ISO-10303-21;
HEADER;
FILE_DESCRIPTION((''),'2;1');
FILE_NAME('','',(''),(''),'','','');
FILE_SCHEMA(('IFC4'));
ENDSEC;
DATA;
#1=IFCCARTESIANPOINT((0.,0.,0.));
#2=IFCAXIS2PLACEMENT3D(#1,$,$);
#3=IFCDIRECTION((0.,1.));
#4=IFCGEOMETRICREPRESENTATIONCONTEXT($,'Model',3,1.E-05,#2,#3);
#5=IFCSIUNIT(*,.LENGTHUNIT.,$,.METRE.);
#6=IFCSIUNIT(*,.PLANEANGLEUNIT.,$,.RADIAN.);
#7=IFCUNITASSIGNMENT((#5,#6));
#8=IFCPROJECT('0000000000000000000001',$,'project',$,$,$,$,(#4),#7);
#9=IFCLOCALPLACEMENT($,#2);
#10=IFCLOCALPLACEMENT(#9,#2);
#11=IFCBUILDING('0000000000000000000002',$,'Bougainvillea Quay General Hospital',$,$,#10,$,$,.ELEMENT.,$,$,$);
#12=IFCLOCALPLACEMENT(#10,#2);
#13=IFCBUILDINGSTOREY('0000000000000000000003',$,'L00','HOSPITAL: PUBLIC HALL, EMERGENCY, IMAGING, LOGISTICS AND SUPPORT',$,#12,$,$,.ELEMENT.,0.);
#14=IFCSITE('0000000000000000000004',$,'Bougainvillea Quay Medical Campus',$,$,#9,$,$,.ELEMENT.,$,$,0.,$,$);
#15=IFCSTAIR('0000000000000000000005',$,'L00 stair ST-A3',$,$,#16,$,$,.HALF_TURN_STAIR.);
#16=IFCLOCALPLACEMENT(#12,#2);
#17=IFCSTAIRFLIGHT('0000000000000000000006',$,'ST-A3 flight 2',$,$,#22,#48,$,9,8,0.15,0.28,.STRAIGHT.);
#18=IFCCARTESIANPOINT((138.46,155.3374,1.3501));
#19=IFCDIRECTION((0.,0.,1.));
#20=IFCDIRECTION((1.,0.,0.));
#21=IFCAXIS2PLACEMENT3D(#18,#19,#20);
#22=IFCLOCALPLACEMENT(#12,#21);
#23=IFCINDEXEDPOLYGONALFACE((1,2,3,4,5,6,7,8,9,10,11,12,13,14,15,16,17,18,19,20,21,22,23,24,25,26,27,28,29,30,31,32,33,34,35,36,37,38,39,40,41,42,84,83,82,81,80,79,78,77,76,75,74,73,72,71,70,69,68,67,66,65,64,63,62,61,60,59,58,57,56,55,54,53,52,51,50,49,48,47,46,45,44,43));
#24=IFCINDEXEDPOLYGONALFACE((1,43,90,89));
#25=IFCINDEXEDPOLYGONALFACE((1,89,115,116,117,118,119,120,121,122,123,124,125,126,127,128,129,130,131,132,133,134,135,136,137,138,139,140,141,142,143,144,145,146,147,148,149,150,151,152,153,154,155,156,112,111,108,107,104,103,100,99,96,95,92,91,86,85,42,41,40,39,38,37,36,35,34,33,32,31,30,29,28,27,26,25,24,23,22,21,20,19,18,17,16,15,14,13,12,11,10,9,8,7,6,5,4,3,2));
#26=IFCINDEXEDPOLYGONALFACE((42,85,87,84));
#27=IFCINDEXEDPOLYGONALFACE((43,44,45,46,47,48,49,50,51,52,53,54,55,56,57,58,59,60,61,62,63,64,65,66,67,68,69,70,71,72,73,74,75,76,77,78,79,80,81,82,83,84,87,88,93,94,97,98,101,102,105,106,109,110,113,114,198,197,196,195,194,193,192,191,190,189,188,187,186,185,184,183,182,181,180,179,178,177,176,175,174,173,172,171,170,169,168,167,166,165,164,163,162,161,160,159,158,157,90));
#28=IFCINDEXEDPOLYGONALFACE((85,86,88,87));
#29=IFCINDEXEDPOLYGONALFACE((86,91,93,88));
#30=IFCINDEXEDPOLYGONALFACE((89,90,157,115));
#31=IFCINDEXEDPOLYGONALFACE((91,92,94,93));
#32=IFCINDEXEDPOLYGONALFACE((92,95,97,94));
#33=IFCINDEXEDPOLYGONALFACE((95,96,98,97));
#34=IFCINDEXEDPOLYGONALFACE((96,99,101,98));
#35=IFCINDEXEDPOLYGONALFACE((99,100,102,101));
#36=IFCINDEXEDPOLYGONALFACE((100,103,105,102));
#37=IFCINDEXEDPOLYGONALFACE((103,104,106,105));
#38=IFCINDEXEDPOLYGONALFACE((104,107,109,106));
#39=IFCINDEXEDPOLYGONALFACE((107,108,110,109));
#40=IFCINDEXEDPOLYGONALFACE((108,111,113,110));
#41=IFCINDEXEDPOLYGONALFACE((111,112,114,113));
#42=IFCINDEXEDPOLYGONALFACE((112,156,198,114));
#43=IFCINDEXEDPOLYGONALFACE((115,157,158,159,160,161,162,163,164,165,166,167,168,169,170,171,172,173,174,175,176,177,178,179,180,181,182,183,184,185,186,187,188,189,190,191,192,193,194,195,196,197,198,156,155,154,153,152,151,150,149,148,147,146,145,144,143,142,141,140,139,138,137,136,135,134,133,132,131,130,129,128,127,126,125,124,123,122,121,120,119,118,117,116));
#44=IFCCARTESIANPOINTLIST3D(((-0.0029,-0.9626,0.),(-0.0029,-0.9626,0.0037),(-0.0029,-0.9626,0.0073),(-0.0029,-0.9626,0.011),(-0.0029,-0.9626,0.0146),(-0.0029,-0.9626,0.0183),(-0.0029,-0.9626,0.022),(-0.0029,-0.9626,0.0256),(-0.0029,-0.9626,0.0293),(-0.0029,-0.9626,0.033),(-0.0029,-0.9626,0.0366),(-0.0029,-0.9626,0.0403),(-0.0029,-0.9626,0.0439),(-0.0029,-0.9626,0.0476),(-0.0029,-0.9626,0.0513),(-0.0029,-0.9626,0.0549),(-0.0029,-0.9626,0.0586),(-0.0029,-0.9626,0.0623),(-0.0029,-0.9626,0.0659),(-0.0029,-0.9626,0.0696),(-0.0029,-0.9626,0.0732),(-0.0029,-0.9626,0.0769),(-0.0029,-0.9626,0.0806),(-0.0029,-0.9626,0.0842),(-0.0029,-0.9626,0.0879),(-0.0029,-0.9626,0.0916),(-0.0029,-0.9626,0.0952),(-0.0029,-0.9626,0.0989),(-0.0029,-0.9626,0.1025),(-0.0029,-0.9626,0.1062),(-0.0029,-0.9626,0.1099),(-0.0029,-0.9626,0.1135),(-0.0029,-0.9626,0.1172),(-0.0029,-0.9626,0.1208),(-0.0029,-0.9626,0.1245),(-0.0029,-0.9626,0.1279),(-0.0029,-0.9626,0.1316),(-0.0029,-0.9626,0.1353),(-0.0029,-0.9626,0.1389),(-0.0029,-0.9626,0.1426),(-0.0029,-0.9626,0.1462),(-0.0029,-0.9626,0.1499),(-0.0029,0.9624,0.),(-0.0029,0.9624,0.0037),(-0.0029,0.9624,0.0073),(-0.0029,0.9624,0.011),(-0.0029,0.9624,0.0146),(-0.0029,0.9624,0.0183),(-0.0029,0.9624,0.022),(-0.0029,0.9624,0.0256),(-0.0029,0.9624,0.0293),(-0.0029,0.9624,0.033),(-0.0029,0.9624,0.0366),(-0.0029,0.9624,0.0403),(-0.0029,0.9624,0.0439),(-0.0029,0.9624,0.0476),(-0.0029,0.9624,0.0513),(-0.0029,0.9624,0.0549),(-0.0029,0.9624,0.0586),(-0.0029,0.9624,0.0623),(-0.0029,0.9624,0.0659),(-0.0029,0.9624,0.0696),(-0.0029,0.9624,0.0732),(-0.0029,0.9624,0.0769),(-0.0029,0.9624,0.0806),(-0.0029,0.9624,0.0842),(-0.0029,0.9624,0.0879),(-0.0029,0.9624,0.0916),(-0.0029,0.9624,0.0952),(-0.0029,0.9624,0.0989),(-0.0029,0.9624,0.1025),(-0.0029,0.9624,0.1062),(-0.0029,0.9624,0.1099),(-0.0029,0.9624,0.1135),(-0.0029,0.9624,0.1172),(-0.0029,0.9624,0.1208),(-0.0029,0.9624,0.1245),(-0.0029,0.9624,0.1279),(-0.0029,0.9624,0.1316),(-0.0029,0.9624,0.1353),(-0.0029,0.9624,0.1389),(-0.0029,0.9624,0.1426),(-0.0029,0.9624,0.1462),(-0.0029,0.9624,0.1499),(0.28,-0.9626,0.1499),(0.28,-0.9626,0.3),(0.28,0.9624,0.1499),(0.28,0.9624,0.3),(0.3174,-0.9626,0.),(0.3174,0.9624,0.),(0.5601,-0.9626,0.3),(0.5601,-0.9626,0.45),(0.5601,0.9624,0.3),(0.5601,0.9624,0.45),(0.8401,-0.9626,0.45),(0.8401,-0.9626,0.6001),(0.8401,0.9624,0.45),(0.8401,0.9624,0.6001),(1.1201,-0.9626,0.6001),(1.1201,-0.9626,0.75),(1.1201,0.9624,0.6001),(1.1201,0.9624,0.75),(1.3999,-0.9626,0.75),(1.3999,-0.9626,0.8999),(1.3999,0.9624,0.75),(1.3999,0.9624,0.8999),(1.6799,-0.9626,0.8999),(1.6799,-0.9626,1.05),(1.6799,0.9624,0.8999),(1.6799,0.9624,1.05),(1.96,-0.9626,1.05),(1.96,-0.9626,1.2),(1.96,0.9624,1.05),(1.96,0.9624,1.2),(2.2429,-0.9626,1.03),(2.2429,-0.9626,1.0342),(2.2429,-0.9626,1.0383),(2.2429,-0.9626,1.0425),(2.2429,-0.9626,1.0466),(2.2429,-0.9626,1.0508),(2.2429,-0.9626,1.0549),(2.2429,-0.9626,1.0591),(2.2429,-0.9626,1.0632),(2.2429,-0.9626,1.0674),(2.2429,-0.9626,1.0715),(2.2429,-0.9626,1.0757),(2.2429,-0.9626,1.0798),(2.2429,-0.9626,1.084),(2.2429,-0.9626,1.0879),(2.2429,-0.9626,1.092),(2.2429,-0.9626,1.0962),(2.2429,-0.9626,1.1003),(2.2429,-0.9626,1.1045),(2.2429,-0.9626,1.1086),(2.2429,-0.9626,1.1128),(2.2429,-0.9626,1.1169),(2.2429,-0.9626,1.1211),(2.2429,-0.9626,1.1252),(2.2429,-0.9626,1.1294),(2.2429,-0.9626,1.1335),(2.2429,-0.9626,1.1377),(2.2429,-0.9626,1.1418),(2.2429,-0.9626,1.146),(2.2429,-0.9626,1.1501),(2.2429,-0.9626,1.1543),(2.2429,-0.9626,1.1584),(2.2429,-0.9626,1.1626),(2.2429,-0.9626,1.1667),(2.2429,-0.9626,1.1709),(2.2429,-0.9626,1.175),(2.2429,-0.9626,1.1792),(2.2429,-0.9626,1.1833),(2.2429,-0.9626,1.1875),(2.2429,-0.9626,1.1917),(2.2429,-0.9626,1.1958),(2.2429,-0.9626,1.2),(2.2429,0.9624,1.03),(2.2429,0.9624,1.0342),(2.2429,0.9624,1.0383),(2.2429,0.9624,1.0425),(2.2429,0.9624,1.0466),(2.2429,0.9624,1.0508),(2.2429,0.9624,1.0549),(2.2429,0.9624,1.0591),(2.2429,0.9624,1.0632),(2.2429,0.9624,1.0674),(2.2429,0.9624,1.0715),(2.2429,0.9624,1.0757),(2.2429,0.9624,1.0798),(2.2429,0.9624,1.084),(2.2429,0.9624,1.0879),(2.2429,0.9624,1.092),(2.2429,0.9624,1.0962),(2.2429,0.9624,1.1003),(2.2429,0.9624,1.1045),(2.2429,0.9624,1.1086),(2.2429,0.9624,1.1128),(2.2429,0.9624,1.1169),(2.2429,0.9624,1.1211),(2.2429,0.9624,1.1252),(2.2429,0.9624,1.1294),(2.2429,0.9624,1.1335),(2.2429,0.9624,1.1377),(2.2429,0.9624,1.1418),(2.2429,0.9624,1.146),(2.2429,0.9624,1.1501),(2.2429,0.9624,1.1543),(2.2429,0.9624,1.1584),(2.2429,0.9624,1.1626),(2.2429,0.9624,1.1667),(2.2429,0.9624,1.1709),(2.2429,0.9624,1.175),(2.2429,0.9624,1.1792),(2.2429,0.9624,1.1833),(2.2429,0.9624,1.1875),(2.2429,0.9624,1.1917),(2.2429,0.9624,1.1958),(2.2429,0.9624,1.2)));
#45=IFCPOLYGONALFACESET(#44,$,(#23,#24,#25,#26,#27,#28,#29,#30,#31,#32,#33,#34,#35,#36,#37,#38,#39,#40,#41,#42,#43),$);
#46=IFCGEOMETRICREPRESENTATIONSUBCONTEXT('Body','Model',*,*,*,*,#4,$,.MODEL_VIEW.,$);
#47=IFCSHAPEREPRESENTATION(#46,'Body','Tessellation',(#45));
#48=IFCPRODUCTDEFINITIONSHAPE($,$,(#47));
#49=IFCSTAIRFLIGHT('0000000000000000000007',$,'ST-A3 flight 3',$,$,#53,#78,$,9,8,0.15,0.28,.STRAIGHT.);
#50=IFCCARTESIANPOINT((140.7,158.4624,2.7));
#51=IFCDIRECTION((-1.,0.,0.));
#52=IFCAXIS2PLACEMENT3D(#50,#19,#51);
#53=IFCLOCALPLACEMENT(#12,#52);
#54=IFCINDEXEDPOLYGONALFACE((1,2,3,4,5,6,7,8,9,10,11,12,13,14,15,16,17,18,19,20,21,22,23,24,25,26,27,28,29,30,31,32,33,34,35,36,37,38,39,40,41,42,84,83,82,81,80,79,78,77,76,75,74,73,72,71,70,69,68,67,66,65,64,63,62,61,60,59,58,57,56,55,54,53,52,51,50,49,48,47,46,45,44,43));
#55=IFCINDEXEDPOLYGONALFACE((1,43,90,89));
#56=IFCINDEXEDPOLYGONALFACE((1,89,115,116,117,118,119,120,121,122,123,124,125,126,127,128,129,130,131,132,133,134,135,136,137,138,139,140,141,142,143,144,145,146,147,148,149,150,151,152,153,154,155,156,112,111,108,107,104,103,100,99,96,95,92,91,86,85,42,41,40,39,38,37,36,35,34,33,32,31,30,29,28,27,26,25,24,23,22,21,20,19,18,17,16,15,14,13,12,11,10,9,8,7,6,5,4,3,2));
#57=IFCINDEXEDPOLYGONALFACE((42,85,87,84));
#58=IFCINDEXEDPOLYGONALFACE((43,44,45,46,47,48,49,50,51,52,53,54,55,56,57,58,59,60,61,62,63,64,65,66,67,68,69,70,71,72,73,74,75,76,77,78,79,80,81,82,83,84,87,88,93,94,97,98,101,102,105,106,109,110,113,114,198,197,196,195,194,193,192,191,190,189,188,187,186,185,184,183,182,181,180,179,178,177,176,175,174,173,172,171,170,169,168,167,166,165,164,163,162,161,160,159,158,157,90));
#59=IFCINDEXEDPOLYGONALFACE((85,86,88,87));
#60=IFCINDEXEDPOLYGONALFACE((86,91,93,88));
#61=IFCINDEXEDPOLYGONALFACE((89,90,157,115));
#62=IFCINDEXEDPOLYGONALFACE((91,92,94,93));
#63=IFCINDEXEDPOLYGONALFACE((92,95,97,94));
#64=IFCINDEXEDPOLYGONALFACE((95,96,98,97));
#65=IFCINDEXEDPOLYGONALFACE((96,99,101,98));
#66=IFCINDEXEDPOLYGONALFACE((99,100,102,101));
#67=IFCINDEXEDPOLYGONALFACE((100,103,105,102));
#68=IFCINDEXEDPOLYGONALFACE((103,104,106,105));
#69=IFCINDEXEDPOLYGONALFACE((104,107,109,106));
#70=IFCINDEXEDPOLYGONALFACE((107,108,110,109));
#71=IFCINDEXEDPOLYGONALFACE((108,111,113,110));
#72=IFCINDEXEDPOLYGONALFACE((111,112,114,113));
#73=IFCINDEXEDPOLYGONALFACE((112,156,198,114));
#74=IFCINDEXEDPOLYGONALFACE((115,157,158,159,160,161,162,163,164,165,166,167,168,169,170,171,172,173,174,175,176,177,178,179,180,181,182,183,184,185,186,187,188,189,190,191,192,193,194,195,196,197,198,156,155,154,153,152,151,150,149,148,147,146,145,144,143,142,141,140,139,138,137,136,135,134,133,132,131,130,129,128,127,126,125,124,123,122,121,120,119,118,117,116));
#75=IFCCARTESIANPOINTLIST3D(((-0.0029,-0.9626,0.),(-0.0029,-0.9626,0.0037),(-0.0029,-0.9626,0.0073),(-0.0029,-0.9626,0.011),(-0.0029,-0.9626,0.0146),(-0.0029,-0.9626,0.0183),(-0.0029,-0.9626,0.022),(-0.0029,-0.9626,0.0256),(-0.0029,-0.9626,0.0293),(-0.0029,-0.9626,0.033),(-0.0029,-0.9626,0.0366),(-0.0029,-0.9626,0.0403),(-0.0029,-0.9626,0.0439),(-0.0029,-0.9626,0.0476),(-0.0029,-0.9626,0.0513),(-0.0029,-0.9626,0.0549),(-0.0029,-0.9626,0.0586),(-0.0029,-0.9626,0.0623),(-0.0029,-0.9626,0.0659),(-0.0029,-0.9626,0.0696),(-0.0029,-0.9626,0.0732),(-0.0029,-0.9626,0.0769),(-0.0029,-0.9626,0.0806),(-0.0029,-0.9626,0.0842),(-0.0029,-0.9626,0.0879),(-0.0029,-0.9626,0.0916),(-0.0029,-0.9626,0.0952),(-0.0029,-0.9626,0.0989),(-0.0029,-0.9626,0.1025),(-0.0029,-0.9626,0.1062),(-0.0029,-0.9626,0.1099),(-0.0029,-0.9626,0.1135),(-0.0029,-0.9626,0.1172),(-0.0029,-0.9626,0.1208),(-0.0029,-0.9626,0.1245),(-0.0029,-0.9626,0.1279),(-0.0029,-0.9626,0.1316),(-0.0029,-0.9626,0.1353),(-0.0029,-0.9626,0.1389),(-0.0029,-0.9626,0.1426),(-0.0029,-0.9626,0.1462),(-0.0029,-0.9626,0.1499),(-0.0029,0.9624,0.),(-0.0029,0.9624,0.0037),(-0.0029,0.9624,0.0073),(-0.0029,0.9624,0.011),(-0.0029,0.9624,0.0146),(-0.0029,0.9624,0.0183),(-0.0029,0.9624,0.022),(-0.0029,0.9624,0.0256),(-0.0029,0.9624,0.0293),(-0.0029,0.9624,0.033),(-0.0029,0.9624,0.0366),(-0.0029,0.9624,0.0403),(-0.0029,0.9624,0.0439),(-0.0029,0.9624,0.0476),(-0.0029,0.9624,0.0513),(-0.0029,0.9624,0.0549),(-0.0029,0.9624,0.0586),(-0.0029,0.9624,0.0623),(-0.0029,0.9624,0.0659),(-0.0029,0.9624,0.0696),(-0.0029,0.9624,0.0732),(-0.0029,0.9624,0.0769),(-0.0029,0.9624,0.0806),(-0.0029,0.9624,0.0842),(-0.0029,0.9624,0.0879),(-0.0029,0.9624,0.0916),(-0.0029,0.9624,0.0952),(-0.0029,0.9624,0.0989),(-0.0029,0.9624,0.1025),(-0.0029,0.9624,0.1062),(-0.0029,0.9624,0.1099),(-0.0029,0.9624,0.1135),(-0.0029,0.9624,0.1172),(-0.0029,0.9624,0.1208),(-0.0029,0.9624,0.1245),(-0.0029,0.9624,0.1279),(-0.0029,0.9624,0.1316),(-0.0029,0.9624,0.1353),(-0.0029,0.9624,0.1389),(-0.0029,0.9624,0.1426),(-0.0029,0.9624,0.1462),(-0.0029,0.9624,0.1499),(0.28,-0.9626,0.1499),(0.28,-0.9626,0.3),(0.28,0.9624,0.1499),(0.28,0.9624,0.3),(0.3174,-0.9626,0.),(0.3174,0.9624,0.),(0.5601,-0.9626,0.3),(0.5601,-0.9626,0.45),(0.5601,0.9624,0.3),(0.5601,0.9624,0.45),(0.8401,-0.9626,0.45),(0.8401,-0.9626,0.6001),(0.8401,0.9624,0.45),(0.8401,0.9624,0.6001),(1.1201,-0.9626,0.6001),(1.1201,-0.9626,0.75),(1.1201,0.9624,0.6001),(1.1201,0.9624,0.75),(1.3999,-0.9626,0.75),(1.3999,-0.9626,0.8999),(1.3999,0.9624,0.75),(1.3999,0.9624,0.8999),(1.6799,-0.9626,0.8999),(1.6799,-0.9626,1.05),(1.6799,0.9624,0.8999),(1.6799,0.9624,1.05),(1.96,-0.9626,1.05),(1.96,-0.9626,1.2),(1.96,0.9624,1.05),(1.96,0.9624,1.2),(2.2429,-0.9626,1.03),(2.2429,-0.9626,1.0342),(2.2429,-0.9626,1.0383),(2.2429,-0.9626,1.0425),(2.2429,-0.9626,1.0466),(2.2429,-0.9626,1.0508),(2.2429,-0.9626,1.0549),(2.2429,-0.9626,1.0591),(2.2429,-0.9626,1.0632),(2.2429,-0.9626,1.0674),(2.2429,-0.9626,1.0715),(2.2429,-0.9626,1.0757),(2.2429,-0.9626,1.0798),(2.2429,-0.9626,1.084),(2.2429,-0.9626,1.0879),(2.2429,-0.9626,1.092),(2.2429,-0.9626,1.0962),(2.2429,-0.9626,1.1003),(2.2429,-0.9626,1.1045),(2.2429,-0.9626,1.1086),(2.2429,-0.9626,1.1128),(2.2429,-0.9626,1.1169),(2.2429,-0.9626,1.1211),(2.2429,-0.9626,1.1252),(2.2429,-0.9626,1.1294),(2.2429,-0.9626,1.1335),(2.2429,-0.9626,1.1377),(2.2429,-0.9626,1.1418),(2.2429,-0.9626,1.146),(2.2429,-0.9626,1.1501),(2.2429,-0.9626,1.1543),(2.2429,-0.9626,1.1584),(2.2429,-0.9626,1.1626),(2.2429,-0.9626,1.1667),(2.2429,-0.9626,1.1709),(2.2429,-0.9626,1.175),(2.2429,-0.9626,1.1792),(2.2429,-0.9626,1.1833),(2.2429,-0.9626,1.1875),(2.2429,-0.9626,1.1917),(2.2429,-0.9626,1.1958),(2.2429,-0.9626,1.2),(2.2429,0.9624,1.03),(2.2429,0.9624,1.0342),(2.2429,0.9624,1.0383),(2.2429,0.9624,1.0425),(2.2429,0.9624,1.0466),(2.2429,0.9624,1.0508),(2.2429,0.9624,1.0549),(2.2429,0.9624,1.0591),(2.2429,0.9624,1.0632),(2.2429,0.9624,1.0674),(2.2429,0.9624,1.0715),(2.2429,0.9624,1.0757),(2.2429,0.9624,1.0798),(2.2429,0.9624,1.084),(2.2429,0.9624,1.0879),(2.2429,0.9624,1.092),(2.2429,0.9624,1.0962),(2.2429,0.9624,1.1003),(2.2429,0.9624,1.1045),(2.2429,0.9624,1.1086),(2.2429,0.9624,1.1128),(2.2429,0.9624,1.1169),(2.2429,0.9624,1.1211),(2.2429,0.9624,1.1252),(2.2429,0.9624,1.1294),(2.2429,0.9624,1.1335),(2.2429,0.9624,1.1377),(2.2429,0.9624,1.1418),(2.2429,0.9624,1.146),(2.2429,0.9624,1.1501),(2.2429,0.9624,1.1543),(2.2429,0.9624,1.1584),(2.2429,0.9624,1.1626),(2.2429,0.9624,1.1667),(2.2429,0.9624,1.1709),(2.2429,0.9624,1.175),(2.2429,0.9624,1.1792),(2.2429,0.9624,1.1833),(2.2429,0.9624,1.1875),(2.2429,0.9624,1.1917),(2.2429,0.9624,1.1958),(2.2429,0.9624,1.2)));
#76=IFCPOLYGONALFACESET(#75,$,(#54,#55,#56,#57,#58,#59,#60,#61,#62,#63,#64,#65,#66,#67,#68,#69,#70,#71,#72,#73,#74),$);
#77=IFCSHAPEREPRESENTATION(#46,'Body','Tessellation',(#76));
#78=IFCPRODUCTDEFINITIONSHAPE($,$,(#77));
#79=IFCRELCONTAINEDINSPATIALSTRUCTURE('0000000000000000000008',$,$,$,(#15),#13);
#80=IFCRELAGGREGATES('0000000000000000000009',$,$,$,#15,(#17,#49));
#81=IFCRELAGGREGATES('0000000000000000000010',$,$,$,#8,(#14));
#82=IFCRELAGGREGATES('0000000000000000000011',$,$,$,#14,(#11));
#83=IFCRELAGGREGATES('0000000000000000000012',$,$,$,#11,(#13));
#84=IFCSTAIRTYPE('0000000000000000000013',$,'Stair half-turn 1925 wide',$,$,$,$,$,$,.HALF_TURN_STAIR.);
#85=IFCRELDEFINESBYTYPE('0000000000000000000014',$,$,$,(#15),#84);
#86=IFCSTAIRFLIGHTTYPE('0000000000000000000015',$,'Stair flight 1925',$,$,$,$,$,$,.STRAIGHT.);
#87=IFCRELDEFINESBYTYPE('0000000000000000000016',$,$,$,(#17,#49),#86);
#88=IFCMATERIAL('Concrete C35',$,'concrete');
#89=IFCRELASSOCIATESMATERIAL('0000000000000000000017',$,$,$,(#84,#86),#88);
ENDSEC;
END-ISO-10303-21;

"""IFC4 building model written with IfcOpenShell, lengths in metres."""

from ifc_helpers import new_model, si_unit, direction, frame, origin, place, context, subcontext, project, spatial, polyline, outline, extrude, material, type_object, element, aggregate, save


model = new_model("IFC4")

# Units and contexts
model_context = context("Model", 3, precision=1e-05, world=origin(), true_north=direction((0.0, 1.0)))
body_context = subcontext(model_context, "Body", "Model", "MODEL_VIEW")
ifc_project = project(units=[si_unit("LENGTHUNIT", "METRE"), si_unit("PLANEANGLEUNIT", "RADIAN")], contexts=[model_context])

# Site, building, storey
site_placement = place(None, origin())
site = spatial("IfcSite", under=ifc_project, at=site_placement, Name="Bougainvillea Quay Medical Campus", CompositionType="ELEMENT", RefElevation=0.0)
building_placement = place(site_placement, origin())
building = spatial("IfcBuilding", under=site, at=building_placement, Name="Bougainvillea Quay General Hospital", CompositionType="ELEMENT")
storey_placement = place(building_placement, origin())
storey = spatial("IfcBuildingStorey", under=building, at=storey_placement, Name="L00", Description="HOSPITAL: PUBLIC HALL, EMERGENCY, IMAGING, LOGISTICS AND SUPPORT", CompositionType="ELEMENT", Elevation=0.0)

# Stair, stair flights
ifc_material_1 = material(Name="Concrete C35", Category="concrete")
stair_type = type_object("IfcStairType", Name="Stair half-turn 1925 wide", PredefinedType="HALF_TURN_STAIR", material=ifc_material_1)
stair_placement = place(storey_placement, origin())
stair = element("IfcStair", 1, at=stair_placement, inside=storey, type_object=stair_type, Name="L00 stair ST-A3", PredefinedType="HALF_TURN_STAIR")
stair_flight_type = type_object("IfcStairFlightType", Name="Stair flight 1925", PredefinedType="STRAIGHT", material=ifc_material_1)
stair_flight_1_placement = place(storey_placement, frame((138.46, 155.3374, 1.3501), z_axis=(0.0, 0.0, 1.0), x_axis=(1.0, 0.0, 0.0)))
stair_flight_1 = element("IfcStairFlight", 2, at=stair_flight_1_placement, type_object=stair_flight_type, Name="ST-A3 flight 2", NumberOfRisers=9, NumberOfTreads=8, PredefinedType="STRAIGHT", RiserHeight=0.15, TreadLength=0.28, context=body_context, shape_type="SweptSolid", body=[
    extrude(outline(polyline([(-0.0029, 0.0), (-0.0029, 0.0037), (-0.0029, 0.0073), (-0.0029, 0.011), (-0.0029, 0.0146), (-0.0029, 0.0183), (-0.0029, 0.022), (-0.0029, 0.0256), (-0.0029, 0.0293), (-0.0029, 0.033), (-0.0029, 0.0366), (-0.0029, 0.0403), (-0.0029, 0.0439), (-0.0029, 0.0476), (-0.0029, 0.0513), (-0.0029, 0.0549), (-0.0029, 0.0586), (-0.0029, 0.0623), (-0.0029, 0.0659), (-0.0029, 0.0696), (-0.0029, 0.0732), (-0.0029, 0.0769), (-0.0029, 0.0806), (-0.0029, 0.0842), (-0.0029, 0.0879), (-0.0029, 0.0916), (-0.0029, 0.0952), (-0.0029, 0.0989), (-0.0029, 0.1025), (-0.0029, 0.1062), (-0.0029, 0.1099), (-0.0029, 0.1135), (-0.0029, 0.1172), (-0.0029, 0.1208), (-0.0029, 0.1245), (-0.0029, 0.1279), (-0.0029, 0.1316), (-0.0029, 0.1353), (-0.0029, 0.1389), (-0.0029, 0.1426), (-0.0029, 0.1462), (-0.0029, 0.1499), (0.28, 0.1499), (0.28, 0.3), (0.5601, 0.3), (0.5601, 0.45), (0.8401, 0.45), (0.8401, 0.6001), (1.1201, 0.6001), (1.1201, 0.75), (1.3999, 0.75), (1.3999, 0.8999), (1.6799, 0.8999), (1.6799, 1.05), (1.96, 1.05), (1.96, 1.2), (2.2429, 1.2), (2.2429, 1.1958), (2.2429, 1.1917), (2.2429, 1.1875), (2.2429, 1.1833), (2.2429, 1.1792), (2.2429, 1.175), (2.2429, 1.1709), (2.2429, 1.1667), (2.2429, 1.1626), (2.2429, 1.1584), (2.2429, 1.1543), (2.2429, 1.1501), (2.2429, 1.146), (2.2429, 1.1418), (2.2429, 1.1377), (2.2429, 1.1335), (2.2429, 1.1294), (2.2429, 1.1252), (2.2429, 1.1211), (2.2429, 1.1169), (2.2429, 1.1128), (2.2429, 1.1086), (2.2429, 1.1045), (2.2429, 1.1003), (2.2429, 1.0962), (2.2429, 1.092), (2.2429, 1.0879), (2.2429, 1.084), (2.2429, 1.0798), (2.2429, 1.0757), (2.2429, 1.0715), (2.2429, 1.0674), (2.2429, 1.0632), (2.2429, 1.0591), (2.2429, 1.0549), (2.2429, 1.0508), (2.2429, 1.0466), (2.2429, 1.0425), (2.2429, 1.0383), (2.2429, 1.0342), (2.2429, 1.03), (0.3174, 0.0), (-0.0029, 0.0)])), frame((0.0, 0.9624, 0.0), z_axis=(0.0, -1.0, 0.0), x_axis=(1.0, 0.0, 0.0)), (0.0, 0.0, 1.0), 1.925),
])
stair_flight_2_placement = place(storey_placement, frame((140.7, 158.4624, 2.7), z_axis=(0.0, 0.0, 1.0), x_axis=(-1.0, 0.0, 0.0)))
stair_flight_2 = element("IfcStairFlight", 3, at=stair_flight_2_placement, type_object=stair_flight_type, Name="ST-A3 flight 3", NumberOfRisers=9, NumberOfTreads=8, PredefinedType="STRAIGHT", RiserHeight=0.15, TreadLength=0.28, context=body_context, shape_type="SweptSolid", body=[
    extrude(outline(polyline([(-0.0029, 0.0), (-0.0029, 0.0037), (-0.0029, 0.0073), (-0.0029, 0.011), (-0.0029, 0.0146), (-0.0029, 0.0183), (-0.0029, 0.022), (-0.0029, 0.0256), (-0.0029, 0.0293), (-0.0029, 0.033), (-0.0029, 0.0366), (-0.0029, 0.0403), (-0.0029, 0.0439), (-0.0029, 0.0476), (-0.0029, 0.0513), (-0.0029, 0.0549), (-0.0029, 0.0586), (-0.0029, 0.0623), (-0.0029, 0.0659), (-0.0029, 0.0696), (-0.0029, 0.0732), (-0.0029, 0.0769), (-0.0029, 0.0806), (-0.0029, 0.0842), (-0.0029, 0.0879), (-0.0029, 0.0916), (-0.0029, 0.0952), (-0.0029, 0.0989), (-0.0029, 0.1025), (-0.0029, 0.1062), (-0.0029, 0.1099), (-0.0029, 0.1135), (-0.0029, 0.1172), (-0.0029, 0.1208), (-0.0029, 0.1245), (-0.0029, 0.1279), (-0.0029, 0.1316), (-0.0029, 0.1353), (-0.0029, 0.1389), (-0.0029, 0.1426), (-0.0029, 0.1462), (-0.0029, 0.1499), (0.28, 0.1499), (0.28, 0.3), (0.5601, 0.3), (0.5601, 0.45), (0.8401, 0.45), (0.8401, 0.6001), (1.1201, 0.6001), (1.1201, 0.75), (1.3999, 0.75), (1.3999, 0.8999), (1.6799, 0.8999), (1.6799, 1.05), (1.96, 1.05), (1.96, 1.2), (2.2429, 1.2), (2.2429, 1.1958), (2.2429, 1.1917), (2.2429, 1.1875), (2.2429, 1.1833), (2.2429, 1.1792), (2.2429, 1.175), (2.2429, 1.1709), (2.2429, 1.1667), (2.2429, 1.1626), (2.2429, 1.1584), (2.2429, 1.1543), (2.2429, 1.1501), (2.2429, 1.146), (2.2429, 1.1418), (2.2429, 1.1377), (2.2429, 1.1335), (2.2429, 1.1294), (2.2429, 1.1252), (2.2429, 1.1211), (2.2429, 1.1169), (2.2429, 1.1128), (2.2429, 1.1086), (2.2429, 1.1045), (2.2429, 1.1003), (2.2429, 1.0962), (2.2429, 1.092), (2.2429, 1.0879), (2.2429, 1.084), (2.2429, 1.0798), (2.2429, 1.0757), (2.2429, 1.0715), (2.2429, 1.0674), (2.2429, 1.0632), (2.2429, 1.0591), (2.2429, 1.0549), (2.2429, 1.0508), (2.2429, 1.0466), (2.2429, 1.0425), (2.2429, 1.0383), (2.2429, 1.0342), (2.2429, 1.03), (0.3174, 0.0), (-0.0029, 0.0)])), frame((0.0, 0.9624, 0.0), z_axis=(0.0, -1.0, 0.0), x_axis=(1.0, 0.0, 0.0)), (0.0, 0.0, 1.0), 1.925),
])
aggregate(stair, [stair_flight_1, stair_flight_2])

save(model, "model.ifc")
